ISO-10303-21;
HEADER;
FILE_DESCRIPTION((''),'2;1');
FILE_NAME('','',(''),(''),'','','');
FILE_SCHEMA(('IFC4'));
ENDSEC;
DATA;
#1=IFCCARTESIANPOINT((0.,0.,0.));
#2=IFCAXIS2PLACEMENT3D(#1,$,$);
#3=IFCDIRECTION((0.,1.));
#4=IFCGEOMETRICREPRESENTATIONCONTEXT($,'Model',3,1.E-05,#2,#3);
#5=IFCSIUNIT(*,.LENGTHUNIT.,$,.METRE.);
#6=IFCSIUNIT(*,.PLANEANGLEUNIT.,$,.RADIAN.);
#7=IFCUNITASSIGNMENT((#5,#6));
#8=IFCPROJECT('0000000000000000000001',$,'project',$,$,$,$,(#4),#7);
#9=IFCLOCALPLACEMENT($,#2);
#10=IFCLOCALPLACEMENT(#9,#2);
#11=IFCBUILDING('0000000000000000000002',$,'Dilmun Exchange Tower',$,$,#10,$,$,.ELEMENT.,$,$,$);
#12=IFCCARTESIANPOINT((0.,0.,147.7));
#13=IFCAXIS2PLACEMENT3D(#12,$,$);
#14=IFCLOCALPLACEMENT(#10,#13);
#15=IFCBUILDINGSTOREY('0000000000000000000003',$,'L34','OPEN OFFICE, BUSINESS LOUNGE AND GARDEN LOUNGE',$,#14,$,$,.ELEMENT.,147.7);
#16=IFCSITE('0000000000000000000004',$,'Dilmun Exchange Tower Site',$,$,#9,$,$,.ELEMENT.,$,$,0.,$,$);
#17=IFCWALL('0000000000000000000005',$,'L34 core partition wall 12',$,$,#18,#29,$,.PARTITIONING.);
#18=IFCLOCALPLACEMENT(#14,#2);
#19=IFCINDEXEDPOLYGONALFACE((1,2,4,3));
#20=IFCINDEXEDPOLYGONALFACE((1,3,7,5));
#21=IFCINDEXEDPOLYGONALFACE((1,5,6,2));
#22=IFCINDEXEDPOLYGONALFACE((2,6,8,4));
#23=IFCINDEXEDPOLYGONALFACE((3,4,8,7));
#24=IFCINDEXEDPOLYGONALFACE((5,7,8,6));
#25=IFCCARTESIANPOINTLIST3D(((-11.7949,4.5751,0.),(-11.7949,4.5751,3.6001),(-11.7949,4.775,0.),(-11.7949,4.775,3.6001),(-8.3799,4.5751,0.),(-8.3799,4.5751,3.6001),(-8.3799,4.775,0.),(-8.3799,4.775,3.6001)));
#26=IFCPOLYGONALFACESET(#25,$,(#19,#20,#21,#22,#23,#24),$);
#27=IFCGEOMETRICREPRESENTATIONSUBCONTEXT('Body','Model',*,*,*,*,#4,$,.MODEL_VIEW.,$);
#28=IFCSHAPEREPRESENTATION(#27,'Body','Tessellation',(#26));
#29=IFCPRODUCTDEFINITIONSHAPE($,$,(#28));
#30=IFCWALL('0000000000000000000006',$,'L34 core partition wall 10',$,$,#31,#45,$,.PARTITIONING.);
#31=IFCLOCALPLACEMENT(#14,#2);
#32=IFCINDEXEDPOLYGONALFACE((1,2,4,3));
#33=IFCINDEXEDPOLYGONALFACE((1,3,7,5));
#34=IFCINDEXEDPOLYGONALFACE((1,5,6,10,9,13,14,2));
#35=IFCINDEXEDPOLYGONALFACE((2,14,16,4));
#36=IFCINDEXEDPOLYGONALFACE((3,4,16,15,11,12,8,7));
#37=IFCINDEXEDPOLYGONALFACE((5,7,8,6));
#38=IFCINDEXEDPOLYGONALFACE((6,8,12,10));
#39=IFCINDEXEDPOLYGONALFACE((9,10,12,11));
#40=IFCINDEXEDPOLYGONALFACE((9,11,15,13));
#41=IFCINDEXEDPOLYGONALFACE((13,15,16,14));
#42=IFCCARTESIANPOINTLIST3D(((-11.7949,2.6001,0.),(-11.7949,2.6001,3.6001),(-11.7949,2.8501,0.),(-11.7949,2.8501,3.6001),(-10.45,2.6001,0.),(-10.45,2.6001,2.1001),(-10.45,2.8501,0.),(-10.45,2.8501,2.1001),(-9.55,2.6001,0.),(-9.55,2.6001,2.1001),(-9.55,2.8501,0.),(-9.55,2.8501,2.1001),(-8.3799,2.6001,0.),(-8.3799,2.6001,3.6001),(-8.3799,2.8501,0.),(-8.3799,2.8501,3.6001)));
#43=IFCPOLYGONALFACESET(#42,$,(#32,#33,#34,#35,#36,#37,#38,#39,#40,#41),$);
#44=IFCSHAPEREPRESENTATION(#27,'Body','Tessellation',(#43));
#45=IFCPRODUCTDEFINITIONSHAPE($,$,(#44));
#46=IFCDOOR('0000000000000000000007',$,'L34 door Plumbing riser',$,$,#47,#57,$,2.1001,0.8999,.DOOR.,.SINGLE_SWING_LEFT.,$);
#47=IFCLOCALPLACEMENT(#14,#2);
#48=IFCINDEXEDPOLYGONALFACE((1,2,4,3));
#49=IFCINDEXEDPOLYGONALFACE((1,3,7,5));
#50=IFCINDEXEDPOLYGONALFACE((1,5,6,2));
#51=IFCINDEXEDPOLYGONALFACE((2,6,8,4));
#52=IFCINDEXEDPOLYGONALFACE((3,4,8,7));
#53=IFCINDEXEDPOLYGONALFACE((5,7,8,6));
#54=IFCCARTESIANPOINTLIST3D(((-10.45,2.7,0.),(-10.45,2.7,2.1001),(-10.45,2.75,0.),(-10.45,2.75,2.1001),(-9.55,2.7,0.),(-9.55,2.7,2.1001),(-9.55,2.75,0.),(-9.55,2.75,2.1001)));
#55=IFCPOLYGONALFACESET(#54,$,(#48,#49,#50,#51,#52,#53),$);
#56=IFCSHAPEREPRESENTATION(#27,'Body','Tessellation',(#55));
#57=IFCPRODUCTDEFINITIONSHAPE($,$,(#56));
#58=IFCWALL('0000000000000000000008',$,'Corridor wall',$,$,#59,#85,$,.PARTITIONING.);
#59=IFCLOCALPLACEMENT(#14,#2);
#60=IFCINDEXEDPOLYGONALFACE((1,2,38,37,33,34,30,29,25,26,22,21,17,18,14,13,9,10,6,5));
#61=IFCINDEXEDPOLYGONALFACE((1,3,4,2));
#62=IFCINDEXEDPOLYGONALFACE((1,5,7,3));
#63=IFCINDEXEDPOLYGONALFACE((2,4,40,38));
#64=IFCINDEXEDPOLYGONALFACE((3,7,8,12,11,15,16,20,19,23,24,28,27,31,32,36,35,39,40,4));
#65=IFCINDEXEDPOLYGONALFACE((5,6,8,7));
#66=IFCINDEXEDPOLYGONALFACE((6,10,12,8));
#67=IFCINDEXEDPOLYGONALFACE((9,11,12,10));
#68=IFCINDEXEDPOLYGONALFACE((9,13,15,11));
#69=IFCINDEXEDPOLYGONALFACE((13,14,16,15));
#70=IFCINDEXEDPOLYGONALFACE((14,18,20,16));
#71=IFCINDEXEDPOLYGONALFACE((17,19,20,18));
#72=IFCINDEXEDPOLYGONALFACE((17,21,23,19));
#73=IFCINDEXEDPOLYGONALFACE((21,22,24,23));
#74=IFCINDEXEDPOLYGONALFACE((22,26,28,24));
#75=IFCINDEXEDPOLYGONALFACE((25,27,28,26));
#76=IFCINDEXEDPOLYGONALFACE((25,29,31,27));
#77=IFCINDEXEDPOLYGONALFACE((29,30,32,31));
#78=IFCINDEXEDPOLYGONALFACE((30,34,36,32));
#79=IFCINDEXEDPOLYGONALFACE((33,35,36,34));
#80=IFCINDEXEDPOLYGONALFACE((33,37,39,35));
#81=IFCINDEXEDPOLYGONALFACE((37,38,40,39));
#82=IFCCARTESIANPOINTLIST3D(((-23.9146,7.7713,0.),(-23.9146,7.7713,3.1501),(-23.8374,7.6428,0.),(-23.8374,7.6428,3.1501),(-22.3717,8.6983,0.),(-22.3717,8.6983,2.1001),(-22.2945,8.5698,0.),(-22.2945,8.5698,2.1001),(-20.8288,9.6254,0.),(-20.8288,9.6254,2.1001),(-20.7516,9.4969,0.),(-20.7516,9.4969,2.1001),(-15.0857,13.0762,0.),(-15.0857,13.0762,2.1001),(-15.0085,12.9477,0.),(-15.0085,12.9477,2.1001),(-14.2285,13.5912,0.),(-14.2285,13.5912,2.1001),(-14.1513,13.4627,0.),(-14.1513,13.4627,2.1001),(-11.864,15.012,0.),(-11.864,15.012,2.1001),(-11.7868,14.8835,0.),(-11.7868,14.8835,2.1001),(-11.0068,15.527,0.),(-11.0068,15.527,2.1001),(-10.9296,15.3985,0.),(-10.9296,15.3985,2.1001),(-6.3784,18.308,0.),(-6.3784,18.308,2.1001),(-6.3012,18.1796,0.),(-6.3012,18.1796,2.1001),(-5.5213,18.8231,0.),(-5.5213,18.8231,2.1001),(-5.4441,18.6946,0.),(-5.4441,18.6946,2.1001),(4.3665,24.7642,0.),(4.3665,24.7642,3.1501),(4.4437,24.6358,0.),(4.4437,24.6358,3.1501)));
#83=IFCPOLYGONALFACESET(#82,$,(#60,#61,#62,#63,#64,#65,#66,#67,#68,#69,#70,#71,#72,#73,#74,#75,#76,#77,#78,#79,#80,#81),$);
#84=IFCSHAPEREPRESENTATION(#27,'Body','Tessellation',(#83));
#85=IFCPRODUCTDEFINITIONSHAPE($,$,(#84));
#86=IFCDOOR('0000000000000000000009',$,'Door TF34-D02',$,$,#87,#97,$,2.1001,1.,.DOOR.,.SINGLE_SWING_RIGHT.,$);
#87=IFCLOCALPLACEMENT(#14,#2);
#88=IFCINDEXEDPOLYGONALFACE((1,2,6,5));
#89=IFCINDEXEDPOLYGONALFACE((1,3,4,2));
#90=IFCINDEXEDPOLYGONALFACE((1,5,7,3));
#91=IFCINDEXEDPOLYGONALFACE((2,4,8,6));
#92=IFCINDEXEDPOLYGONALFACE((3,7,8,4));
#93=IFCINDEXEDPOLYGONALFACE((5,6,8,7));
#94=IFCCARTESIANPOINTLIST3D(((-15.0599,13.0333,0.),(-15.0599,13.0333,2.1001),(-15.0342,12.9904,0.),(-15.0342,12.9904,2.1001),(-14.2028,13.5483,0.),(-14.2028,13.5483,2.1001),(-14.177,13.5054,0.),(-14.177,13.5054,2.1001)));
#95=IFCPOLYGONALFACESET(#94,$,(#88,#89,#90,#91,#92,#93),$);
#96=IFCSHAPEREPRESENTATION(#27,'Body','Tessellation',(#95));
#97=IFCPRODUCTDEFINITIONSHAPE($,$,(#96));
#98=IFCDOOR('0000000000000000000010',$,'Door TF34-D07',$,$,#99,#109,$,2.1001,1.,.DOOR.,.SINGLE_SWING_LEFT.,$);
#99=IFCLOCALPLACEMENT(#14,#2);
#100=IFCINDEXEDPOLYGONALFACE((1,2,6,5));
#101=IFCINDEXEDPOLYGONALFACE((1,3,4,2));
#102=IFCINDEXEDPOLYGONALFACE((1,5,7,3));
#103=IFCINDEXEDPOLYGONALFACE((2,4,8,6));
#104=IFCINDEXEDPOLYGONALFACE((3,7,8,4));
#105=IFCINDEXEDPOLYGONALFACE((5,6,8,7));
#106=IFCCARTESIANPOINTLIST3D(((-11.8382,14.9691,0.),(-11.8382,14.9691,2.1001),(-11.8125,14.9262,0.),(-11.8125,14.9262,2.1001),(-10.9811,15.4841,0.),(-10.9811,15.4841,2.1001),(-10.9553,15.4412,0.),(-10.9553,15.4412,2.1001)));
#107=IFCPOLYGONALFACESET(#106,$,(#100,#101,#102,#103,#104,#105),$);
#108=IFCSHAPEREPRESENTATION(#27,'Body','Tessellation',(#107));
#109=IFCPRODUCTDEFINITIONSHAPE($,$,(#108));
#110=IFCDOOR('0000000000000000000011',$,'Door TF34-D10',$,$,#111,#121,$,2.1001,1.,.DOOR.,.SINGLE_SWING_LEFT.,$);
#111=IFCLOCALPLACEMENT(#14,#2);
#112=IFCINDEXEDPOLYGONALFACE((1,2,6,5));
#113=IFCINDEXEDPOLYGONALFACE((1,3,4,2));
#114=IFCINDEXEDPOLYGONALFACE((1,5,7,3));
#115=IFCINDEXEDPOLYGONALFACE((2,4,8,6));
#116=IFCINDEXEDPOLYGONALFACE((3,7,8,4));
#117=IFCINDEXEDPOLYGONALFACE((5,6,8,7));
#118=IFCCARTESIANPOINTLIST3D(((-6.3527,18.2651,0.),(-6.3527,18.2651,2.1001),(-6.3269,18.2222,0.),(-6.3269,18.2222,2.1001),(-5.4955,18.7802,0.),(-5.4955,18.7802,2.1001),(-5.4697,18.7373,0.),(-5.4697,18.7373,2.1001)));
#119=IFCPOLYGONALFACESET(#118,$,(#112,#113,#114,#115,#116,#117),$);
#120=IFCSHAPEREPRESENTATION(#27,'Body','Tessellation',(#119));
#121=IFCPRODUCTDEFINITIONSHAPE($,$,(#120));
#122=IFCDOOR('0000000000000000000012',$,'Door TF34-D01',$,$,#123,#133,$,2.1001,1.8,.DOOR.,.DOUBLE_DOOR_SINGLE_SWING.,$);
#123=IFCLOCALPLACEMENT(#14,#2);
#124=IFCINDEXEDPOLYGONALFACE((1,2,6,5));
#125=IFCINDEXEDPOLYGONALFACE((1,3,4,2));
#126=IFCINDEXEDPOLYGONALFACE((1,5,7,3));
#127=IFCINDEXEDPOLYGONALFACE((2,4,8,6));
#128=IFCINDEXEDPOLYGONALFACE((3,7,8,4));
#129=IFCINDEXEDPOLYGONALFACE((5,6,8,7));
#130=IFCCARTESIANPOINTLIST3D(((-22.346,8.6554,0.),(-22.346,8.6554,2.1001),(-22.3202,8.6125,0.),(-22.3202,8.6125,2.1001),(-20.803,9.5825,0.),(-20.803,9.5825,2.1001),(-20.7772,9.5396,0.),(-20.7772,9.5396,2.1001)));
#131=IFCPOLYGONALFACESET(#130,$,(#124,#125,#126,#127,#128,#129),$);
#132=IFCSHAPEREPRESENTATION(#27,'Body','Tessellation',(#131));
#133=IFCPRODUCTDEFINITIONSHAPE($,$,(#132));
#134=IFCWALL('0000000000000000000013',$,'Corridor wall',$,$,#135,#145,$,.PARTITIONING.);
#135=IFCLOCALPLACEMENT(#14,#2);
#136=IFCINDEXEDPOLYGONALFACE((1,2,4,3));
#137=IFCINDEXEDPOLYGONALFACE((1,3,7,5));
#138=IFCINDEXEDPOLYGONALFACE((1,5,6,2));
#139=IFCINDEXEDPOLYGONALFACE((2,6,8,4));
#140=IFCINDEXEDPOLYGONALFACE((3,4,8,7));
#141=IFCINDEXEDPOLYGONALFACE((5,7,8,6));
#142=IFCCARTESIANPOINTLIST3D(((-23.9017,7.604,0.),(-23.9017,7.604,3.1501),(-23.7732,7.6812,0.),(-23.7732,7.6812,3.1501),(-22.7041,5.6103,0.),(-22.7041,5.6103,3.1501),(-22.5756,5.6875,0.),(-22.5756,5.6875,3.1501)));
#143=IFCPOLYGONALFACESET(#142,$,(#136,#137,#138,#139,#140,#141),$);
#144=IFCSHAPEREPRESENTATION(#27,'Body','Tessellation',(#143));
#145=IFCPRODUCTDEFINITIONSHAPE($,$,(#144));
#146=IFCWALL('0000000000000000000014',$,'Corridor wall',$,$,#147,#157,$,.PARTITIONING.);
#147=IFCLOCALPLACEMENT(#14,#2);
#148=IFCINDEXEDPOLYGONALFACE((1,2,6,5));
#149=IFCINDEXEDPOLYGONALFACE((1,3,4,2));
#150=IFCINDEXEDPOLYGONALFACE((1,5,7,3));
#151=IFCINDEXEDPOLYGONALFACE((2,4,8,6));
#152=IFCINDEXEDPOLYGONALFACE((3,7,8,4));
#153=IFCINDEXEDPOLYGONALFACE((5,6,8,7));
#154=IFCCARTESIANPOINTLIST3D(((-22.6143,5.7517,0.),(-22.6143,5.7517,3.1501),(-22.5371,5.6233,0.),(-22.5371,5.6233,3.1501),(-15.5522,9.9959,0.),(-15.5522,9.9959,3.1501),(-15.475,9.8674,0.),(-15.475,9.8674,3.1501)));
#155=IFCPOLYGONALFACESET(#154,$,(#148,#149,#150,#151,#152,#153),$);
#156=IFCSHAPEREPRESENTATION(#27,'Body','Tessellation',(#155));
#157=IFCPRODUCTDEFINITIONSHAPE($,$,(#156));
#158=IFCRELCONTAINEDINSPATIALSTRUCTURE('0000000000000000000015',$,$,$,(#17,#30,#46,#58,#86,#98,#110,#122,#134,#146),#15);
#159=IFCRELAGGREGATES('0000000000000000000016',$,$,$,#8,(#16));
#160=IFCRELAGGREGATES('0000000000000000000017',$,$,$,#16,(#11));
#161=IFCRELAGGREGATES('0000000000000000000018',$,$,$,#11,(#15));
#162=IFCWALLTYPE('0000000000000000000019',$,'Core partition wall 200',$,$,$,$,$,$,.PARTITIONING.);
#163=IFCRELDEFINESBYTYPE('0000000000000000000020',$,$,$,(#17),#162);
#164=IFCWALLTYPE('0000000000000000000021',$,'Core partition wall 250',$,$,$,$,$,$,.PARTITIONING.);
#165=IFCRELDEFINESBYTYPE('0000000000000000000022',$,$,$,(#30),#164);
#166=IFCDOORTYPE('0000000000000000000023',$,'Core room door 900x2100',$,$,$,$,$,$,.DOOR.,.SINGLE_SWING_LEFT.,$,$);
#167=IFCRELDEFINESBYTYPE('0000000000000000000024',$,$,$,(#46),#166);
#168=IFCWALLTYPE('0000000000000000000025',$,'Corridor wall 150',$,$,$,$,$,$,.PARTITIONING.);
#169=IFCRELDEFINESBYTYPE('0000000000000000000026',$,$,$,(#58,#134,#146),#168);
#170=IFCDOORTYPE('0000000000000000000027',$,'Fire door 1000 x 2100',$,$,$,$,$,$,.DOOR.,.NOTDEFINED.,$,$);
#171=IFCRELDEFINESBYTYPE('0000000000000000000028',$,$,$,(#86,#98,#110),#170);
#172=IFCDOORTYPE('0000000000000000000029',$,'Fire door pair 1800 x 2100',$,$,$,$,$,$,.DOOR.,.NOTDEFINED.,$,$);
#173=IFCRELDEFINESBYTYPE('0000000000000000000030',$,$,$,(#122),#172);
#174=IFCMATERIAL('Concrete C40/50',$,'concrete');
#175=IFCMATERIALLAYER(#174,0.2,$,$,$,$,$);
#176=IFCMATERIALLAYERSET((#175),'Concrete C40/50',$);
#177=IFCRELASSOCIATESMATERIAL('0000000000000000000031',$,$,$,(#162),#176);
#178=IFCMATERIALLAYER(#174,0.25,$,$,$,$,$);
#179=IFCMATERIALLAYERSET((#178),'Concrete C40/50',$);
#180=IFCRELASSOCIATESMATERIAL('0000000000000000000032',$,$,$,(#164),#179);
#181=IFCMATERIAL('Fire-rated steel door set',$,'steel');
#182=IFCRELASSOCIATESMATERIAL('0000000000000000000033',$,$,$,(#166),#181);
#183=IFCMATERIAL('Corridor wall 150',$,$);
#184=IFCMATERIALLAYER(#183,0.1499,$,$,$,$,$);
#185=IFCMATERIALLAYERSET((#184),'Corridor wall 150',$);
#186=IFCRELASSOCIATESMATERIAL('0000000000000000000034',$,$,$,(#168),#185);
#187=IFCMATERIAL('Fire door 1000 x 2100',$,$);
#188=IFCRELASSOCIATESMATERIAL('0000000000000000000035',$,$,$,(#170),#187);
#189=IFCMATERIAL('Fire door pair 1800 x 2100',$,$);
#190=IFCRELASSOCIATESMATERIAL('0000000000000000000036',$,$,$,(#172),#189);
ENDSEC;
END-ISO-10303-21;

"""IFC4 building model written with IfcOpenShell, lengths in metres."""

from ifc_helpers import new_model, si_unit, direction, frame, frame_2d, origin, place, context, subcontext, project, spatial, rectangle, extrude, material, layer, layer_set, type_object, element, fill, save


model = new_model("IFC4")

# Units and contexts
model_context = context("Model", 3, precision=1e-05, world=origin(), true_north=direction((0.0, 1.0)))
body_context = subcontext(model_context, "Body", "Model", "MODEL_VIEW")
ifc_project = project(units=[si_unit("LENGTHUNIT", "METRE"), si_unit("PLANEANGLEUNIT", "RADIAN")], contexts=[model_context])

# Site, building, storey
site_placement = place(None, origin())
site = spatial("IfcSite", under=ifc_project, at=site_placement, Name="Dilmun Exchange Tower Site", CompositionType="ELEMENT", RefElevation=0.0)
building_placement = place(site_placement, origin())
building = spatial("IfcBuilding", under=site, at=building_placement, Name="Dilmun Exchange Tower", CompositionType="ELEMENT")
storey_placement = place(building_placement, frame((0.0, 0.0, 147.7)))
storey = spatial("IfcBuildingStorey", under=building, at=storey_placement, Name="L34", Description="OPEN OFFICE, BUSINESS LOUNGE AND GARDEN LOUNGE", CompositionType="ELEMENT", Elevation=147.7)

# Wall
ifc_material_1 = material(Name="Concrete C40/50", Category="concrete")
ifc_layer_1 = layer(ifc_material_1, 0.2)
ifc_layer_set_1 = layer_set([ifc_layer_1], Name="Concrete C40/50")
wall_type_1 = type_object("IfcWallType", Name="Core partition wall 200", PredefinedType="PARTITIONING", material=ifc_layer_set_1)
wall_1_placement = place(storey_placement, frame((-11.7949, 4.675, 0.0), z_axis=(0.0, 0.0, 1.0), x_axis=(1.0, 0.0, 0.0)))
element("IfcWall", 1, at=wall_1_placement, inside=storey, type_object=wall_type_1, Name="L34 core partition wall 12", PredefinedType="PARTITIONING", context=body_context, shape_type="SweptSolid", body=[
    extrude(rectangle(XDim=3.415, YDim=0.2, at=frame_2d((1.7075, 0.0))), origin(), (0.0, 0.0, 1.0), 3.6001),
])

# Wall, opening, door
ifc_layer_2 = layer(ifc_material_1, 0.25)
ifc_layer_set_2 = layer_set([ifc_layer_2], Name="Concrete C40/50")
wall_type_2 = type_object("IfcWallType", Name="Core partition wall 250", PredefinedType="PARTITIONING", material=ifc_layer_set_2)
wall_2_placement = place(storey_placement, frame((-11.7949, 2.7251, 0.0), z_axis=(0.0, 0.0, 1.0), x_axis=(1.0, 0.0, 0.0)))
wall_2 = element("IfcWall", 2, at=wall_2_placement, inside=storey, type_object=wall_type_2, Name="L34 core partition wall 10", PredefinedType="PARTITIONING", context=body_context, shape_type="SweptSolid", body=[
    extrude(rectangle(XDim=3.415, YDim=0.25, at=frame_2d((1.7075, 0.0))), origin(), (0.0, 0.0, 1.0), 3.6001),
])
opening_1_placement = place(wall_2_placement, frame((1.345, 0.0, 0.0)))
opening_1 = element("IfcOpeningElement", 3, at=opening_1_placement, cuts=wall_2, PredefinedType="OPENING", context=body_context, shape_type="SweptSolid", body=[
    extrude(rectangle(XDim=0.8999, YDim=2.1001, at=frame_2d((0.45, 1.05))), frame((0.0, 0.135, 0.0), z_axis=(0.0, -1.0, 0.0), x_axis=(1.0, 0.0, 0.0)), (0.0, 0.0, 1.0), 0.27),
])
ifc_material_2 = material(Name="Fire-rated steel door set", Category="steel")
door_type_1 = type_object("IfcDoorType", Name="Core room door 900x2100", OperationType="SINGLE_SWING_LEFT", PredefinedType="DOOR", material=ifc_material_2)
door_1_placement = place(opening_1_placement, origin())
door_1 = element("IfcDoor", 4, at=door_1_placement, inside=storey, type_object=door_type_1, Name="L34 door Plumbing riser", OperationType="SINGLE_SWING_LEFT", OverallHeight=2.1001, OverallWidth=0.8999, PredefinedType="DOOR", context=body_context, shape_type="SweptSolid", body=[
    extrude(rectangle(XDim=0.8999, YDim=2.1001, at=frame_2d((0.45, 1.05))), frame((0.0, 0.0249, 0.0), z_axis=(0.0, -1.0, 0.0), x_axis=(1.0, 0.0, 0.0)), (0.0, 0.0, 1.0), 0.05),
])
fill(opening_1, door_1)

# Wall, openings, doors
ifc_material_3 = material(Name="Corridor wall 150")
ifc_layer_3 = layer(ifc_material_3, 0.1499)
ifc_layer_set_3 = layer_set([ifc_layer_3], Name="Corridor wall 150")
wall_type_3 = type_object("IfcWallType", Name="Corridor wall 150", PredefinedType="PARTITIONING", material=ifc_layer_set_3)
wall_3_placement = place(storey_placement, frame((-23.876, 7.707, 0.0), z_axis=(0.0, 0.0, 1.0), x_axis=(0.857168, 0.515038, 0.0)))
wall_3 = element("IfcWall", 5, at=wall_3_placement, inside=storey, type_object=wall_type_3, Name="Corridor wall", PredefinedType="PARTITIONING", context=body_context, shape_type="SweptSolid", body=[
    extrude(rectangle(XDim=32.9937, YDim=0.1499, at=frame_2d((16.4968, 0.0))), origin(), (0.0, 0.0, 1.0), 3.1501),
])
opening_2_placement = place(wall_3_placement, frame((1.8, 0.0, 0.0)))
opening_2 = element("IfcOpeningElement", 6, at=opening_2_placement, cuts=wall_3, PredefinedType="OPENING", context=body_context, shape_type="SweptSolid", body=[
    extrude(rectangle(XDim=1.8, YDim=2.1001, at=frame_2d((0.8999, 1.05))), frame((0.0, 0.085, 0.0), z_axis=(0.0, -1.0, 0.0), x_axis=(1.0, 0.0, 0.0)), (0.0, 0.0, 1.0), 0.1699),
])
opening_3_placement = place(wall_3_placement, frame((10.3, 0.0, 0.0)))
opening_3 = element("IfcOpeningElement", 7, at=opening_3_placement, cuts=wall_3, PredefinedType="OPENING", context=body_context, shape_type="SweptSolid", body=[
    extrude(rectangle(XDim=1.0, YDim=2.1001, at=frame_2d((0.5, 1.05))), frame((0.0, 0.085, 0.0), z_axis=(0.0, -1.0, 0.0), x_axis=(1.0, 0.0, 0.0)), (0.0, 0.0, 1.0), 0.1699),
])
opening_4_placement = place(wall_3_placement, frame((14.0586, 0.0, 0.0)))
opening_4 = element("IfcOpeningElement", 8, at=opening_4_placement, cuts=wall_3, PredefinedType="OPENING", context=body_context, shape_type="SweptSolid", body=[
    extrude(rectangle(XDim=1.0, YDim=2.1001, at=frame_2d((0.5, 1.05))), frame((0.0, 0.085, 0.0), z_axis=(0.0, -1.0, 0.0), x_axis=(1.0, 0.0, 0.0)), (0.0, 0.0, 1.0), 0.1699),
])
opening_5_placement = place(wall_3_placement, frame((20.4583, 0.0, 0.0)))
opening_5 = element("IfcOpeningElement", 9, at=opening_5_placement, cuts=wall_3, PredefinedType="OPENING", context=body_context, shape_type="SweptSolid", body=[
    extrude(rectangle(XDim=1.0, YDim=2.1001, at=frame_2d((0.5, 1.05))), frame((0.0, 0.085, 0.0), z_axis=(0.0, -1.0, 0.0), x_axis=(1.0, 0.0, 0.0)), (0.0, 0.0, 1.0), 0.1699),
])
ifc_material_4 = material(Name="Fire door 1000 x 2100")
door_type_2 = type_object("IfcDoorType", Name="Fire door 1000 x 2100", OperationType="NOTDEFINED", PredefinedType="DOOR", material=ifc_material_4)
door_2_placement = place(opening_3_placement, origin())
door_2 = element("IfcDoor", 10, at=door_2_placement, inside=storey, type_object=door_type_2, Name="Door TF34-D02", OperationType="SINGLE_SWING_RIGHT", OverallHeight=2.1001, OverallWidth=1.0, PredefinedType="DOOR", context=body_context, shape_type="SweptSolid", body=[
    extrude(rectangle(XDim=1.0, YDim=2.1001, at=frame_2d((0.5, 1.05))), frame((0.0, 0.0249, 0.0), z_axis=(0.0, -1.0, 0.0), x_axis=(1.0, 0.0, 0.0)), (0.0, 0.0, 1.0), 0.05),
])
fill(opening_3, door_2)
door_3_placement = place(opening_4_placement, origin())
door_3 = element("IfcDoor", 11, at=door_3_placement, inside=storey, type_object=door_type_2, Name="Door TF34-D07", OperationType="SINGLE_SWING_LEFT", OverallHeight=2.1001, OverallWidth=1.0, PredefinedType="DOOR", context=body_context, shape_type="SweptSolid", body=[
    extrude(rectangle(XDim=1.0, YDim=2.1001, at=frame_2d((0.5, 1.05))), frame((0.0, 0.0249, 0.0), z_axis=(0.0, -1.0, 0.0), x_axis=(1.0, 0.0, 0.0)), (0.0, 0.0, 1.0), 0.05),
])
fill(opening_4, door_3)
door_4_placement = place(opening_5_placement, origin())
door_4 = element("IfcDoor", 12, at=door_4_placement, inside=storey, type_object=door_type_2, Name="Door TF34-D10", OperationType="SINGLE_SWING_LEFT", OverallHeight=2.1001, OverallWidth=1.0, PredefinedType="DOOR", context=body_context, shape_type="SweptSolid", body=[
    extrude(rectangle(XDim=1.0, YDim=2.1001, at=frame_2d((0.5, 1.05))), frame((0.0, 0.0249, 0.0), z_axis=(0.0, -1.0, 0.0), x_axis=(1.0, 0.0, 0.0)), (0.0, 0.0, 1.0), 0.05),
])
fill(opening_5, door_4)
ifc_material_5 = material(Name="Fire door pair 1800 x 2100")
door_type_3 = type_object("IfcDoorType", Name="Fire door pair 1800 x 2100", OperationType="NOTDEFINED", PredefinedType="DOOR", material=ifc_material_5)
door_5_placement = place(opening_2_placement, origin())
door_5 = element("IfcDoor", 13, at=door_5_placement, inside=storey, type_object=door_type_3, Name="Door TF34-D01", OperationType="DOUBLE_DOOR_SINGLE_SWING", OverallHeight=2.1001, OverallWidth=1.8, PredefinedType="DOOR", context=body_context, shape_type="SweptSolid", body=[
    extrude(rectangle(XDim=1.8, YDim=2.1001, at=frame_2d((0.8999, 1.05))), frame((0.0, 0.0249, 0.0), z_axis=(0.0, -1.0, 0.0), x_axis=(1.0, 0.0, 0.0)), (0.0, 0.0, 1.0), 0.05),
])
fill(opening_2, door_5)

# Walls
wall_4_placement = place(storey_placement, frame((-23.8374, 7.6426, 0.0), z_axis=(0.0, 0.0, 1.0), x_axis=(0.514913, -0.857243, 0.0)))
element("IfcWall", 14, at=wall_4_placement, inside=storey, type_object=wall_type_3, Name="Corridor wall", PredefinedType="PARTITIONING", context=body_context, shape_type="SweptSolid", body=[
    extrude(rectangle(XDim=2.3257, YDim=0.1499, at=frame_2d((1.1628, 0.0))), origin(), (0.0, 0.0, 1.0), 3.1501),
])
wall_5_placement = place(storey_placement, frame((-22.5757, 5.6875, 0.0), z_axis=(0.0, 0.0, 1.0), x_axis=(0.857121, 0.515114, 0.0)))
element("IfcWall", 15, at=wall_5_placement, inside=storey, type_object=wall_type_3, Name="Corridor wall", PredefinedType="PARTITIONING", context=body_context, shape_type="SweptSolid", body=[
    extrude(rectangle(XDim=8.2393, YDim=0.1499, at=frame_2d((4.1196, 0.0))), origin(), (0.0, 0.0, 1.0), 3.1501),
])

save(model, "model.ifc")
